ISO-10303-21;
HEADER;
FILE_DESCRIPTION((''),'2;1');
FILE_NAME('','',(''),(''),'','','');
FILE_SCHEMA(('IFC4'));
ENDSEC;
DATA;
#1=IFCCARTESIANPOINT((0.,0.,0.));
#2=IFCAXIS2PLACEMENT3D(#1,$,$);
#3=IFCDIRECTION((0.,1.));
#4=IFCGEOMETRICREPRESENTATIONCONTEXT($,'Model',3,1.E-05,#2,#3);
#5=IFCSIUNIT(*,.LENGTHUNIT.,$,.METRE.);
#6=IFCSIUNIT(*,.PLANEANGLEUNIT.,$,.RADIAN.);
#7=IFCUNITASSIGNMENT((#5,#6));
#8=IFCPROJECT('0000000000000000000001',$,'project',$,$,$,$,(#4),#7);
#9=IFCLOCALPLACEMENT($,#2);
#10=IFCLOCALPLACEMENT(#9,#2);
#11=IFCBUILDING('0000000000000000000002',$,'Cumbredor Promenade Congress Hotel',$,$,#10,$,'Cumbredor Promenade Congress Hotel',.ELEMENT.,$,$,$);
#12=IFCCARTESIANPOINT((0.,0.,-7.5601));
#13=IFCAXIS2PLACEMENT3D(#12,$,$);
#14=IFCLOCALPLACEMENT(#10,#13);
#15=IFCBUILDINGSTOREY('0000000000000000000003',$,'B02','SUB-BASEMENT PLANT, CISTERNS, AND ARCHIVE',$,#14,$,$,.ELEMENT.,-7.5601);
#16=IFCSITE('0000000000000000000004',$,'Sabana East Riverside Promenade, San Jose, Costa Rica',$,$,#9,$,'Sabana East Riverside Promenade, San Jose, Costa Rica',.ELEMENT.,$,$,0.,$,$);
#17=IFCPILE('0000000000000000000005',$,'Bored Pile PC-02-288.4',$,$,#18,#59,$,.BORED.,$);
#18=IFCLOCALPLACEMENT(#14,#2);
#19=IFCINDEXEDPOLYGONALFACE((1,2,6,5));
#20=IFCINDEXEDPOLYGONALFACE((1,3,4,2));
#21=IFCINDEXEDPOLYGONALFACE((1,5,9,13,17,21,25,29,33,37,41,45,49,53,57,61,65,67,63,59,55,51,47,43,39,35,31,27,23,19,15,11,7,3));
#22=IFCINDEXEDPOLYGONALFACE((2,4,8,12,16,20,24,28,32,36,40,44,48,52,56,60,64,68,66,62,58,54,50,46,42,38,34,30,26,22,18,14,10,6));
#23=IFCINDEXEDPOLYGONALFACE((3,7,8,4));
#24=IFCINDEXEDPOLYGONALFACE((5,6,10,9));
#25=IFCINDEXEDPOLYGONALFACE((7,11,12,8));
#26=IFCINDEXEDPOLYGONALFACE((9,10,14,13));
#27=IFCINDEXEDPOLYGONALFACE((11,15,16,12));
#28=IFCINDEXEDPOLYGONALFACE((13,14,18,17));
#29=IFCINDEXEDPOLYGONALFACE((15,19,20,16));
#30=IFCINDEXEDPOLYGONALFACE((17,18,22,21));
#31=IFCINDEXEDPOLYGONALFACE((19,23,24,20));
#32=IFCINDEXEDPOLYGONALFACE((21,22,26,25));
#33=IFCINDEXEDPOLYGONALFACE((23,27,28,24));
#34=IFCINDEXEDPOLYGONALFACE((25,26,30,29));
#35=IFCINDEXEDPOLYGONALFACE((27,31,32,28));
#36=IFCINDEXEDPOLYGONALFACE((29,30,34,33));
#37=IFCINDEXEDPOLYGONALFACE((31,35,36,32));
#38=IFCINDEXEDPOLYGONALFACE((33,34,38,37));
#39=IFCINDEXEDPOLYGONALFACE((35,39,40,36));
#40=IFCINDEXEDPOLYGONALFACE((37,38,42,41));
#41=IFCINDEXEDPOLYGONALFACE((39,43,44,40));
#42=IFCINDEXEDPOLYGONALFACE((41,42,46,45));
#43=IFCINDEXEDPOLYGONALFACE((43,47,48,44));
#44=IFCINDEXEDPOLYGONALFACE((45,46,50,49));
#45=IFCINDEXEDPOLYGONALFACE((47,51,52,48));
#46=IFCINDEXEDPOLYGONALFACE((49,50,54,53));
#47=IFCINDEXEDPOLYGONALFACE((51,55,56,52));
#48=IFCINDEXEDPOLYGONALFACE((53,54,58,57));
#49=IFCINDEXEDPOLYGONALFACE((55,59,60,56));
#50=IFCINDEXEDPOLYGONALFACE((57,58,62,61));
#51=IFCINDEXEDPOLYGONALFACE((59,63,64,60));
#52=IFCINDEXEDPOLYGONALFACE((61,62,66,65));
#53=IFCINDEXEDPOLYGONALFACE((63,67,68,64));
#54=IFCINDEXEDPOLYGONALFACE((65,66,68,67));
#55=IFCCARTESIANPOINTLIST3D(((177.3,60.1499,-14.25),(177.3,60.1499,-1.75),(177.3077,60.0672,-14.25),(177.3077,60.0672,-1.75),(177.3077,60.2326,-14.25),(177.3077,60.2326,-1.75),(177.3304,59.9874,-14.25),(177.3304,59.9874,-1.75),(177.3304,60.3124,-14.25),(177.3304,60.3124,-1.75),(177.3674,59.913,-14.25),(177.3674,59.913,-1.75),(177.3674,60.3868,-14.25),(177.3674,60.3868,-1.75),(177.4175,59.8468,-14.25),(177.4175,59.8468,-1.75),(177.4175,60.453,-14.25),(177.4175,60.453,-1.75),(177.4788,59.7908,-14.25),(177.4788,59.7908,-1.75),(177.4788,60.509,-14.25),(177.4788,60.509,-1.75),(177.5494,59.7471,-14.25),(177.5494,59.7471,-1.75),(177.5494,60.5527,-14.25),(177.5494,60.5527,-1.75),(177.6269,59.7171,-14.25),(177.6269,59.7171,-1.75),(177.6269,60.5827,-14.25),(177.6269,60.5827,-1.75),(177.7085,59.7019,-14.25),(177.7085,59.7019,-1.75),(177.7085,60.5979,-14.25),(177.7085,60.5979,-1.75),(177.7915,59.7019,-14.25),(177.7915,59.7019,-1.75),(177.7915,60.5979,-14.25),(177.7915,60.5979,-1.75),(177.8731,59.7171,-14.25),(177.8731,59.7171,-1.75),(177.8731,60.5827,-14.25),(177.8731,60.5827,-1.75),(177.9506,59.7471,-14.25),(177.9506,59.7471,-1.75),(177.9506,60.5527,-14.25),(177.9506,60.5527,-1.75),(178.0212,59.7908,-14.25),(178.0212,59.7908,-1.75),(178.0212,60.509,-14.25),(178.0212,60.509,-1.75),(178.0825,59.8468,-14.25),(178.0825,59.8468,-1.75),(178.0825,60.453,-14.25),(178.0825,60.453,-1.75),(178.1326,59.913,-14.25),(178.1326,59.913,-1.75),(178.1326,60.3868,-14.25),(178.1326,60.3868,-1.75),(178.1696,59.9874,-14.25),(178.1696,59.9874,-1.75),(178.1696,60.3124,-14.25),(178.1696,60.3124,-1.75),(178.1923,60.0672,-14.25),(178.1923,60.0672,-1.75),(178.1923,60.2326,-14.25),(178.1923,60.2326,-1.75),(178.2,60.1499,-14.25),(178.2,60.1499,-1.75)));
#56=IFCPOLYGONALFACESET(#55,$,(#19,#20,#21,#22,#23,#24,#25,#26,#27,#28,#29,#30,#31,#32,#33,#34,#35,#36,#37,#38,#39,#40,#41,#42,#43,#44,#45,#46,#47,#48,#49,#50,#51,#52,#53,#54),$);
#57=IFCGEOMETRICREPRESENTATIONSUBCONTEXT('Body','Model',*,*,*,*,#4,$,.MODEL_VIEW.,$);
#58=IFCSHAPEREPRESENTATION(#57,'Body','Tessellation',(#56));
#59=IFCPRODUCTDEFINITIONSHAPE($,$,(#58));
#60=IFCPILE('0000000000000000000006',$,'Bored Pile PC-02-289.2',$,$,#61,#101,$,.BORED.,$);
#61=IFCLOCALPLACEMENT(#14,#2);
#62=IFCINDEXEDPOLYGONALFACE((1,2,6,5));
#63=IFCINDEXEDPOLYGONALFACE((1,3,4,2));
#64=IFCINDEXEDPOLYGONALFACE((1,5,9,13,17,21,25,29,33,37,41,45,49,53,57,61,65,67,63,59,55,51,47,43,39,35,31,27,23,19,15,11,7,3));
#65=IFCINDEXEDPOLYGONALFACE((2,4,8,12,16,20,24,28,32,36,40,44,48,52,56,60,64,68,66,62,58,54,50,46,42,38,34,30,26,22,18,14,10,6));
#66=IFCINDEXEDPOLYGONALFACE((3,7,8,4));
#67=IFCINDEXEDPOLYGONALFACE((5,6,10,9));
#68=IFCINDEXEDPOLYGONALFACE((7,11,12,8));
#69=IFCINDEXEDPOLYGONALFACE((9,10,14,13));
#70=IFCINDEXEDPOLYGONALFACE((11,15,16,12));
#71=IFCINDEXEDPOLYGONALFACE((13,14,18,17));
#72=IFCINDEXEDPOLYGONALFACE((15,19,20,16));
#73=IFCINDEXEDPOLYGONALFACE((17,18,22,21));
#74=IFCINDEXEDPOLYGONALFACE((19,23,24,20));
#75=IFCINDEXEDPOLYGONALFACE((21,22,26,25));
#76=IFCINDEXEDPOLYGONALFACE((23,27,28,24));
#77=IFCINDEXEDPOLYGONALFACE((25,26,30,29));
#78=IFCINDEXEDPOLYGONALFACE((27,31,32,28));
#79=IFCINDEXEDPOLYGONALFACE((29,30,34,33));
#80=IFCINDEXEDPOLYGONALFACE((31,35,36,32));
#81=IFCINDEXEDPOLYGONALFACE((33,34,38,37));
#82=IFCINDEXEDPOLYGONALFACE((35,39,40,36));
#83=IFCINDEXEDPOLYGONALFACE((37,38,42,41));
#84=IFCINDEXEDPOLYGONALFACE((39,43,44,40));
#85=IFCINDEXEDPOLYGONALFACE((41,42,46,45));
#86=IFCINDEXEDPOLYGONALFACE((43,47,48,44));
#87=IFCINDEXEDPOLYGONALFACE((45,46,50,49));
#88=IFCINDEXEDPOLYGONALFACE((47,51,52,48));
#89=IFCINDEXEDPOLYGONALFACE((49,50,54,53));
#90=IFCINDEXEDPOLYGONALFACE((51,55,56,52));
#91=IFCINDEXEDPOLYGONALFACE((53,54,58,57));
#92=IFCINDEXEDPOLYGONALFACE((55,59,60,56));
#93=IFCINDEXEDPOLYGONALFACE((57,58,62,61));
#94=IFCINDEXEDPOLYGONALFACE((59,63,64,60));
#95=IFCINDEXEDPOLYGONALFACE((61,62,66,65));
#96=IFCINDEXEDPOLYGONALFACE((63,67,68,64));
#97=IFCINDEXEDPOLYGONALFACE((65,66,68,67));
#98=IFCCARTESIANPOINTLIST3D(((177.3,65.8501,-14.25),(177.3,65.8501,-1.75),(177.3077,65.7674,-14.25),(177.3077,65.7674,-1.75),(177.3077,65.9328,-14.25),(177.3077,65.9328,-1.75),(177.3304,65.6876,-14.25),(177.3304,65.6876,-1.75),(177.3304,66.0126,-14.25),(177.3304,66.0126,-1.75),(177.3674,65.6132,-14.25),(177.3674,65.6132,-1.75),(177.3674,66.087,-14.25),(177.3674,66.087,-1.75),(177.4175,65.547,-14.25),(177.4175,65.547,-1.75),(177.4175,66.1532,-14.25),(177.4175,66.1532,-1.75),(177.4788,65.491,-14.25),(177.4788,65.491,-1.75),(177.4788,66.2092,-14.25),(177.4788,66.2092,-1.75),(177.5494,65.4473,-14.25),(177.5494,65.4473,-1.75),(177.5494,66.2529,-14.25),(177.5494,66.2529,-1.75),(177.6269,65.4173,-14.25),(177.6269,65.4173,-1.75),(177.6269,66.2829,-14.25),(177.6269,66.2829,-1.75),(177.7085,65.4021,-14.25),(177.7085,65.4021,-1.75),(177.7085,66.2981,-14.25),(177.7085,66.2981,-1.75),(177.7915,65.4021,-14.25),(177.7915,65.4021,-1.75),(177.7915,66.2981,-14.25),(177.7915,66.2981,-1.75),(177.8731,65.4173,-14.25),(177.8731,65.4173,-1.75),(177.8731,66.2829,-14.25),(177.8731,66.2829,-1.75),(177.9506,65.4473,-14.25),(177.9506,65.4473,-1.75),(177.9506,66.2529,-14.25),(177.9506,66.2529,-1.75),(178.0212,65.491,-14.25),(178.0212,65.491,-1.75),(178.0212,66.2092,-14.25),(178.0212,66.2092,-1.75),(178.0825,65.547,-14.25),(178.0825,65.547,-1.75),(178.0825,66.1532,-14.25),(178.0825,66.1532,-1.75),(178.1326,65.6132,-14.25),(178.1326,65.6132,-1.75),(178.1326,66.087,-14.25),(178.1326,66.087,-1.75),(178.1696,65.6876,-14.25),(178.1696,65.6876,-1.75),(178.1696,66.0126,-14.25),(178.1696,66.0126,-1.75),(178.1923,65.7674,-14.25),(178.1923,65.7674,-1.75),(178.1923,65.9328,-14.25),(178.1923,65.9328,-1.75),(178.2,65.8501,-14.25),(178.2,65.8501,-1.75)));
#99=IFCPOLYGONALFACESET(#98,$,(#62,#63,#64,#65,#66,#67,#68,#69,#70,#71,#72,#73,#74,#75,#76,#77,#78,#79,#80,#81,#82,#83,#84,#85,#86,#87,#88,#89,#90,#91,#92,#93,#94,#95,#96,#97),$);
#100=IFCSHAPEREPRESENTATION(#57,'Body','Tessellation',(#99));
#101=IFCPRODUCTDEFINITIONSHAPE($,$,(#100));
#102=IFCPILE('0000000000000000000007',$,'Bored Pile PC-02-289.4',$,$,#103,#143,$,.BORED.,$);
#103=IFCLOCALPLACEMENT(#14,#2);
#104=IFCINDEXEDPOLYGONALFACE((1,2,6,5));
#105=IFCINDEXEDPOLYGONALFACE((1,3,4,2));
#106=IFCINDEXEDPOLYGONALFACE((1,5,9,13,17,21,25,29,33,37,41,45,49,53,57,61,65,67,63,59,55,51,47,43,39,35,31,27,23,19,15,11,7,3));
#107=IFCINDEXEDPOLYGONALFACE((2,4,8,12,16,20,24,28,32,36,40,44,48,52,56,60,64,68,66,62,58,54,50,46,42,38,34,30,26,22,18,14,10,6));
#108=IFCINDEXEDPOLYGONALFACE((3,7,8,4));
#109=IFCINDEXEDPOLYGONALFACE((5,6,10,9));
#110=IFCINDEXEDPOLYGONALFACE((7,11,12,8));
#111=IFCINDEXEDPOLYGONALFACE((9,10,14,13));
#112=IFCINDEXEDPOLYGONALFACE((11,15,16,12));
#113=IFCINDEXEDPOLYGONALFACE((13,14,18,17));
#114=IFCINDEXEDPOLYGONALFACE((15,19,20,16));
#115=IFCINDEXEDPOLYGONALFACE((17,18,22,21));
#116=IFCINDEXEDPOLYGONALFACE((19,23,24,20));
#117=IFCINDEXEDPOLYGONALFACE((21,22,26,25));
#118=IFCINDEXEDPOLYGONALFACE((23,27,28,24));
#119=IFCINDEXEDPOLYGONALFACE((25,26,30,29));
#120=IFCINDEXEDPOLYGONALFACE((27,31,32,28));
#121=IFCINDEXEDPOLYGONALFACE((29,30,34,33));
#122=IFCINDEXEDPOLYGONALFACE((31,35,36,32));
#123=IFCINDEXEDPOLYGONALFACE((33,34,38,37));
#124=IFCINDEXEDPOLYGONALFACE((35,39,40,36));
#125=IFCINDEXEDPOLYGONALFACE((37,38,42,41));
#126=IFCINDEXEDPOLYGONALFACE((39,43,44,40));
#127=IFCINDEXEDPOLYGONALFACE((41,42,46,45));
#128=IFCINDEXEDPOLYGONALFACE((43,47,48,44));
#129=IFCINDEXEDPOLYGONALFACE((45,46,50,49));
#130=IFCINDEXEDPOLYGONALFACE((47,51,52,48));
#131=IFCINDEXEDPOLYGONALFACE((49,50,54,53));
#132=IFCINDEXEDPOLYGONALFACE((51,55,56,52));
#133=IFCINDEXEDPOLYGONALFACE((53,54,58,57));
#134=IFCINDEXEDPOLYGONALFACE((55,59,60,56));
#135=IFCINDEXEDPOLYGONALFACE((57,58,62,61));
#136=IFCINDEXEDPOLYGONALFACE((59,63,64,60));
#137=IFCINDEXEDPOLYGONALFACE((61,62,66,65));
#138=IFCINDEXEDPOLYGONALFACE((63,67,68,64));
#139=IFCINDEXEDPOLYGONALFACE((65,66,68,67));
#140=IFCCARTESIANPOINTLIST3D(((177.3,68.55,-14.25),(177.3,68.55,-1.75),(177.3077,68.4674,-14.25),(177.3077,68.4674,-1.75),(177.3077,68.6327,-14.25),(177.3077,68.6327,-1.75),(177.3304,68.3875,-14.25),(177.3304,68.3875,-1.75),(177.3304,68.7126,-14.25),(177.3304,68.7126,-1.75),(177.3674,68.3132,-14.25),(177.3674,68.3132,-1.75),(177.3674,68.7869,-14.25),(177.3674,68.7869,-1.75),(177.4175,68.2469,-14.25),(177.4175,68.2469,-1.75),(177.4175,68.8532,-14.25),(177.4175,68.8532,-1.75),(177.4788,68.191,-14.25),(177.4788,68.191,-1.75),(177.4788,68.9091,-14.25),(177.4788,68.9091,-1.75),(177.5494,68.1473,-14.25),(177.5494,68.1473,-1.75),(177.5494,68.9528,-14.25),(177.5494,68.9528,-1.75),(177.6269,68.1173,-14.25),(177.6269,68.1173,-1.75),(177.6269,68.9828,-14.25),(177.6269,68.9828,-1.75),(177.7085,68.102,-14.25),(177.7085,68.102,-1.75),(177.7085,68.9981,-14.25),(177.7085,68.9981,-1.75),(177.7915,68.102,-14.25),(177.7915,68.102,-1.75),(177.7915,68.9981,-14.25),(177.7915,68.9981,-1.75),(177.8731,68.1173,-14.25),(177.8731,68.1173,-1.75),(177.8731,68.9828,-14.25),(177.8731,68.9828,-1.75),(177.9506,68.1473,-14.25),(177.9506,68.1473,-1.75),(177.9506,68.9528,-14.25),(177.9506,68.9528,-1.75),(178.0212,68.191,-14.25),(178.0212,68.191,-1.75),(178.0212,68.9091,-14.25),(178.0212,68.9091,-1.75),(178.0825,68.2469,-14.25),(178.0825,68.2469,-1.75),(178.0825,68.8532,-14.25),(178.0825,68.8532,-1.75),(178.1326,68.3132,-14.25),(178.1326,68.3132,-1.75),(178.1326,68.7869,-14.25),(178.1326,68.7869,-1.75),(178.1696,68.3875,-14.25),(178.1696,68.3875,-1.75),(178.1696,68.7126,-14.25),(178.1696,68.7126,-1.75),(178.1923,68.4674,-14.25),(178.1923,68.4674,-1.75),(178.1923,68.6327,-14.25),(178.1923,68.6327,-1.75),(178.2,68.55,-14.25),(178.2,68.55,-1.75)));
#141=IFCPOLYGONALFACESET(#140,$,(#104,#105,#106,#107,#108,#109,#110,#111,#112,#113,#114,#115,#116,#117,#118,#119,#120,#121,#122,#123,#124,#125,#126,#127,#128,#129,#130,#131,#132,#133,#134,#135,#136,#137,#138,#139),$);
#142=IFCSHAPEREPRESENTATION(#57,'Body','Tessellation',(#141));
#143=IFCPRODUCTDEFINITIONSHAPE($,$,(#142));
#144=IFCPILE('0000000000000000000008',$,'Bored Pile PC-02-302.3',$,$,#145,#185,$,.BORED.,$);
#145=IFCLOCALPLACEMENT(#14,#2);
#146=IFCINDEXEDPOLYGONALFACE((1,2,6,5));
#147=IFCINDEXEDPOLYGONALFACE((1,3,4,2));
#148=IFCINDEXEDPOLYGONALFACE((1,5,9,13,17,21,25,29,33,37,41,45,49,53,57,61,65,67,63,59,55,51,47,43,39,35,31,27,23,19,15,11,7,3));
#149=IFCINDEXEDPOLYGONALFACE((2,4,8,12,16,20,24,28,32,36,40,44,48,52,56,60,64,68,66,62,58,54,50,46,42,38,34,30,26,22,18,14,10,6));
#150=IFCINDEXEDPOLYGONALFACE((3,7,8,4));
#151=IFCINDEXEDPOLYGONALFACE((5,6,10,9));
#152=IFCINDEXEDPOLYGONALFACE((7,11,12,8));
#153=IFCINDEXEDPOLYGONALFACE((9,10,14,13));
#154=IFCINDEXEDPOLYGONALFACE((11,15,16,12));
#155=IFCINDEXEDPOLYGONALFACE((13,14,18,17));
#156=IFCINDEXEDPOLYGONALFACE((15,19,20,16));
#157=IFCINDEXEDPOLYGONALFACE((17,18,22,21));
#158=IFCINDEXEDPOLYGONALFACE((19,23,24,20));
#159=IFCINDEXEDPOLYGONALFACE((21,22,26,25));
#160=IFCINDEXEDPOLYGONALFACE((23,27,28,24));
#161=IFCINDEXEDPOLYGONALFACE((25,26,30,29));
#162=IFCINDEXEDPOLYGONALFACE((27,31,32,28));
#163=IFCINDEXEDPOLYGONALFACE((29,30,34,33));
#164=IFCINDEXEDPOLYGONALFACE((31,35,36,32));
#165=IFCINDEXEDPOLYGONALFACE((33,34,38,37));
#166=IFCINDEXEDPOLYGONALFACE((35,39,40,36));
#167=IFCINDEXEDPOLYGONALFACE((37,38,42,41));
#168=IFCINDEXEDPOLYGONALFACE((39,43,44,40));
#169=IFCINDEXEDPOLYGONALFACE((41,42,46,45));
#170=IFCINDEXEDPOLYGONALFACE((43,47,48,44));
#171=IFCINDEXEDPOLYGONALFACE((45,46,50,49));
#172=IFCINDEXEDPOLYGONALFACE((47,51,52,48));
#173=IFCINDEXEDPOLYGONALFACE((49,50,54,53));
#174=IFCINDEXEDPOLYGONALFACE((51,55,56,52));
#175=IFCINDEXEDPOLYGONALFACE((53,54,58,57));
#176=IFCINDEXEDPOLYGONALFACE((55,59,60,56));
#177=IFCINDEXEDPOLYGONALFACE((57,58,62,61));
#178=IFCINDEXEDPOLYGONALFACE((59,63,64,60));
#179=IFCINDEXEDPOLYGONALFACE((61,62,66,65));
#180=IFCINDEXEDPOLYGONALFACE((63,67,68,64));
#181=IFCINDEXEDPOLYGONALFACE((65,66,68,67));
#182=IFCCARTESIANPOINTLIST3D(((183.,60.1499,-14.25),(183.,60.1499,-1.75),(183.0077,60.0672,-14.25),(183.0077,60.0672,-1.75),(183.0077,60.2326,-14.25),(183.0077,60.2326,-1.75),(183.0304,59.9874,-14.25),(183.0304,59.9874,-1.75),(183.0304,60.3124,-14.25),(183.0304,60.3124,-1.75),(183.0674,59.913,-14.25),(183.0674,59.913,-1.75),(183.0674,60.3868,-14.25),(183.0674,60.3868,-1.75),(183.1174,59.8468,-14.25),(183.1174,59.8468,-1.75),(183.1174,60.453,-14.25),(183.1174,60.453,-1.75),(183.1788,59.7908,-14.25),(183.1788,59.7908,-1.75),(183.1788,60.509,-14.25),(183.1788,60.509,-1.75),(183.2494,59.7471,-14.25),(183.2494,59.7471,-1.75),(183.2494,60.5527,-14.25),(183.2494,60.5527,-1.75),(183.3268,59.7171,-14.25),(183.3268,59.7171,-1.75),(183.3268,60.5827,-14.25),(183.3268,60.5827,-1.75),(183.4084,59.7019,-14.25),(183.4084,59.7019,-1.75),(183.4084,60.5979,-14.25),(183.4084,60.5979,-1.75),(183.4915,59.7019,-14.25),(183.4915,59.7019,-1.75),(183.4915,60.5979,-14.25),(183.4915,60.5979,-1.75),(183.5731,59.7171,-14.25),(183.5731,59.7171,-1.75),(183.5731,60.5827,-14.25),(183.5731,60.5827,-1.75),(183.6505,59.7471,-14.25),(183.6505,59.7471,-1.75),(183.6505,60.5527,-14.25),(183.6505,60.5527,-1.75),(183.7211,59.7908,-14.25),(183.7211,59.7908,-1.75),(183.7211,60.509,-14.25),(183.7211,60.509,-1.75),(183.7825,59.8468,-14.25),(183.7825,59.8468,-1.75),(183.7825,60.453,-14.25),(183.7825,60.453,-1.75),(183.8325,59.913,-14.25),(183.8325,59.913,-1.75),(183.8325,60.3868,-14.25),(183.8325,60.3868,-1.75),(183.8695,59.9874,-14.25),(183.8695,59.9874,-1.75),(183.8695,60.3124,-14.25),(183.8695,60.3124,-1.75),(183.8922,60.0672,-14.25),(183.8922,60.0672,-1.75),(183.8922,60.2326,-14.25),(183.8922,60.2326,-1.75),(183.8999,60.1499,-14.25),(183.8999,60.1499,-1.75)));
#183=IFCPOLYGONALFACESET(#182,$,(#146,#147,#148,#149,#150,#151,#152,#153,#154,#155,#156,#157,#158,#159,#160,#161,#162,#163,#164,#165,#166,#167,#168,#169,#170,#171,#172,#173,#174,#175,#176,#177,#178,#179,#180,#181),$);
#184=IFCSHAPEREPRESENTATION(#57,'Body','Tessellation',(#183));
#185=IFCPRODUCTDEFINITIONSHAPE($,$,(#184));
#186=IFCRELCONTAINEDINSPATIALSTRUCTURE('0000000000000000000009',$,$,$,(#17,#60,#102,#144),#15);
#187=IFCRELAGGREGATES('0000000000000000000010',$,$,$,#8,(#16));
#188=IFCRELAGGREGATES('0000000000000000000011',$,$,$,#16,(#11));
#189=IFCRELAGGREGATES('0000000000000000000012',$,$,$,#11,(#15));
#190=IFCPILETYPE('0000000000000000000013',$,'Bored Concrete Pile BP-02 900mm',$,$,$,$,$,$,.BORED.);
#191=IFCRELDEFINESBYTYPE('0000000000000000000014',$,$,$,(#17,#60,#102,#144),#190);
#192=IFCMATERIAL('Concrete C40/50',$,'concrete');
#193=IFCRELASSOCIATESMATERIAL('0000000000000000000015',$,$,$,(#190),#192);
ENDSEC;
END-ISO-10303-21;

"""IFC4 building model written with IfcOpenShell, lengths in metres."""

from ifc_helpers import new_model, si_unit, direction, frame, origin, origin_2d, place, context, subcontext, project, spatial, circle, extrude, material, material_profile, profile_set, type_object, element, save


model = new_model("IFC4")

# Units and contexts
model_context = context("Model", 3, precision=1e-05, world=origin(), true_north=direction((0.0, 1.0)))
body_context = subcontext(model_context, "Body", "Model", "MODEL_VIEW")
ifc_project = project(units=[si_unit("LENGTHUNIT", "METRE"), si_unit("PLANEANGLEUNIT", "RADIAN")], contexts=[model_context])

# Site, building, storey
site_placement = place(None, origin())
site = spatial("IfcSite", under=ifc_project, at=site_placement, Name="Sabana East Riverside Promenade, San Jose, Costa Rica", LongName="Sabana East Riverside Promenade, San Jose, Costa Rica", CompositionType="ELEMENT", RefElevation=0.0)
building_placement = place(site_placement, origin())
building = spatial("IfcBuilding", under=site, at=building_placement, Name="Cumbredor Promenade Congress Hotel", LongName="Cumbredor Promenade Congress Hotel", CompositionType="ELEMENT")
storey_placement = place(building_placement, frame((0.0, 0.0, -7.5601)))
storey = spatial("IfcBuildingStorey", under=building, at=storey_placement, Name="B02", Description="SUB-BASEMENT PLANT, CISTERNS, AND ARCHIVE", CompositionType="ELEMENT", Elevation=-7.5601)

# Piles
ifc_material_1 = material(Name="Concrete C40/50", Category="concrete")
ifc_material_profile_1 = material_profile(ifc_material_1, circle(Radius=0.45, at=origin_2d()), Name="PILE D900")
ifc_profile_set_1 = profile_set([ifc_material_profile_1], Name="Concrete C40/50")
pile_type = type_object("IfcPileType", Name="Bored Concrete Pile BP-02 900mm", PredefinedType="BORED", material=ifc_profile_set_1)
for number, where, z_axis, x_axis, name in (
    (1, (177.75, 60.1499, -1.75), (0.0, 0.0, -1.0), (1.0, 0.0, 0.0), "Bored Pile PC-02-288.4"),
    (2, (177.75, 65.8501, -1.75), (0.0, 0.0, -1.0), (1.0, 0.0, 0.0), "Bored Pile PC-02-289.2"),
    (3, (177.75, 68.55, -1.75), (0.0, 0.0, -1.0), (1.0, 0.0, 0.0), "Bored Pile PC-02-289.4"),
    (4, (183.45, 60.1499, -1.75), (0.0, 0.0, -1.0), (1.0, 0.0, 0.0), "Bored Pile PC-02-302.3"),
):
    element("IfcPile", number, at=place(storey_placement, frame(where, z_axis=z_axis, x_axis=x_axis)), inside=storey, type_object=pile_type, Name=name, PredefinedType="BORED", context=body_context, shape_type="SweptSolid", body=[
        extrude(circle(Radius=0.45, at=origin_2d()), origin(), (0.0, 0.0, 1.0), 12.5),
    ])

save(model, "model.ifc")
